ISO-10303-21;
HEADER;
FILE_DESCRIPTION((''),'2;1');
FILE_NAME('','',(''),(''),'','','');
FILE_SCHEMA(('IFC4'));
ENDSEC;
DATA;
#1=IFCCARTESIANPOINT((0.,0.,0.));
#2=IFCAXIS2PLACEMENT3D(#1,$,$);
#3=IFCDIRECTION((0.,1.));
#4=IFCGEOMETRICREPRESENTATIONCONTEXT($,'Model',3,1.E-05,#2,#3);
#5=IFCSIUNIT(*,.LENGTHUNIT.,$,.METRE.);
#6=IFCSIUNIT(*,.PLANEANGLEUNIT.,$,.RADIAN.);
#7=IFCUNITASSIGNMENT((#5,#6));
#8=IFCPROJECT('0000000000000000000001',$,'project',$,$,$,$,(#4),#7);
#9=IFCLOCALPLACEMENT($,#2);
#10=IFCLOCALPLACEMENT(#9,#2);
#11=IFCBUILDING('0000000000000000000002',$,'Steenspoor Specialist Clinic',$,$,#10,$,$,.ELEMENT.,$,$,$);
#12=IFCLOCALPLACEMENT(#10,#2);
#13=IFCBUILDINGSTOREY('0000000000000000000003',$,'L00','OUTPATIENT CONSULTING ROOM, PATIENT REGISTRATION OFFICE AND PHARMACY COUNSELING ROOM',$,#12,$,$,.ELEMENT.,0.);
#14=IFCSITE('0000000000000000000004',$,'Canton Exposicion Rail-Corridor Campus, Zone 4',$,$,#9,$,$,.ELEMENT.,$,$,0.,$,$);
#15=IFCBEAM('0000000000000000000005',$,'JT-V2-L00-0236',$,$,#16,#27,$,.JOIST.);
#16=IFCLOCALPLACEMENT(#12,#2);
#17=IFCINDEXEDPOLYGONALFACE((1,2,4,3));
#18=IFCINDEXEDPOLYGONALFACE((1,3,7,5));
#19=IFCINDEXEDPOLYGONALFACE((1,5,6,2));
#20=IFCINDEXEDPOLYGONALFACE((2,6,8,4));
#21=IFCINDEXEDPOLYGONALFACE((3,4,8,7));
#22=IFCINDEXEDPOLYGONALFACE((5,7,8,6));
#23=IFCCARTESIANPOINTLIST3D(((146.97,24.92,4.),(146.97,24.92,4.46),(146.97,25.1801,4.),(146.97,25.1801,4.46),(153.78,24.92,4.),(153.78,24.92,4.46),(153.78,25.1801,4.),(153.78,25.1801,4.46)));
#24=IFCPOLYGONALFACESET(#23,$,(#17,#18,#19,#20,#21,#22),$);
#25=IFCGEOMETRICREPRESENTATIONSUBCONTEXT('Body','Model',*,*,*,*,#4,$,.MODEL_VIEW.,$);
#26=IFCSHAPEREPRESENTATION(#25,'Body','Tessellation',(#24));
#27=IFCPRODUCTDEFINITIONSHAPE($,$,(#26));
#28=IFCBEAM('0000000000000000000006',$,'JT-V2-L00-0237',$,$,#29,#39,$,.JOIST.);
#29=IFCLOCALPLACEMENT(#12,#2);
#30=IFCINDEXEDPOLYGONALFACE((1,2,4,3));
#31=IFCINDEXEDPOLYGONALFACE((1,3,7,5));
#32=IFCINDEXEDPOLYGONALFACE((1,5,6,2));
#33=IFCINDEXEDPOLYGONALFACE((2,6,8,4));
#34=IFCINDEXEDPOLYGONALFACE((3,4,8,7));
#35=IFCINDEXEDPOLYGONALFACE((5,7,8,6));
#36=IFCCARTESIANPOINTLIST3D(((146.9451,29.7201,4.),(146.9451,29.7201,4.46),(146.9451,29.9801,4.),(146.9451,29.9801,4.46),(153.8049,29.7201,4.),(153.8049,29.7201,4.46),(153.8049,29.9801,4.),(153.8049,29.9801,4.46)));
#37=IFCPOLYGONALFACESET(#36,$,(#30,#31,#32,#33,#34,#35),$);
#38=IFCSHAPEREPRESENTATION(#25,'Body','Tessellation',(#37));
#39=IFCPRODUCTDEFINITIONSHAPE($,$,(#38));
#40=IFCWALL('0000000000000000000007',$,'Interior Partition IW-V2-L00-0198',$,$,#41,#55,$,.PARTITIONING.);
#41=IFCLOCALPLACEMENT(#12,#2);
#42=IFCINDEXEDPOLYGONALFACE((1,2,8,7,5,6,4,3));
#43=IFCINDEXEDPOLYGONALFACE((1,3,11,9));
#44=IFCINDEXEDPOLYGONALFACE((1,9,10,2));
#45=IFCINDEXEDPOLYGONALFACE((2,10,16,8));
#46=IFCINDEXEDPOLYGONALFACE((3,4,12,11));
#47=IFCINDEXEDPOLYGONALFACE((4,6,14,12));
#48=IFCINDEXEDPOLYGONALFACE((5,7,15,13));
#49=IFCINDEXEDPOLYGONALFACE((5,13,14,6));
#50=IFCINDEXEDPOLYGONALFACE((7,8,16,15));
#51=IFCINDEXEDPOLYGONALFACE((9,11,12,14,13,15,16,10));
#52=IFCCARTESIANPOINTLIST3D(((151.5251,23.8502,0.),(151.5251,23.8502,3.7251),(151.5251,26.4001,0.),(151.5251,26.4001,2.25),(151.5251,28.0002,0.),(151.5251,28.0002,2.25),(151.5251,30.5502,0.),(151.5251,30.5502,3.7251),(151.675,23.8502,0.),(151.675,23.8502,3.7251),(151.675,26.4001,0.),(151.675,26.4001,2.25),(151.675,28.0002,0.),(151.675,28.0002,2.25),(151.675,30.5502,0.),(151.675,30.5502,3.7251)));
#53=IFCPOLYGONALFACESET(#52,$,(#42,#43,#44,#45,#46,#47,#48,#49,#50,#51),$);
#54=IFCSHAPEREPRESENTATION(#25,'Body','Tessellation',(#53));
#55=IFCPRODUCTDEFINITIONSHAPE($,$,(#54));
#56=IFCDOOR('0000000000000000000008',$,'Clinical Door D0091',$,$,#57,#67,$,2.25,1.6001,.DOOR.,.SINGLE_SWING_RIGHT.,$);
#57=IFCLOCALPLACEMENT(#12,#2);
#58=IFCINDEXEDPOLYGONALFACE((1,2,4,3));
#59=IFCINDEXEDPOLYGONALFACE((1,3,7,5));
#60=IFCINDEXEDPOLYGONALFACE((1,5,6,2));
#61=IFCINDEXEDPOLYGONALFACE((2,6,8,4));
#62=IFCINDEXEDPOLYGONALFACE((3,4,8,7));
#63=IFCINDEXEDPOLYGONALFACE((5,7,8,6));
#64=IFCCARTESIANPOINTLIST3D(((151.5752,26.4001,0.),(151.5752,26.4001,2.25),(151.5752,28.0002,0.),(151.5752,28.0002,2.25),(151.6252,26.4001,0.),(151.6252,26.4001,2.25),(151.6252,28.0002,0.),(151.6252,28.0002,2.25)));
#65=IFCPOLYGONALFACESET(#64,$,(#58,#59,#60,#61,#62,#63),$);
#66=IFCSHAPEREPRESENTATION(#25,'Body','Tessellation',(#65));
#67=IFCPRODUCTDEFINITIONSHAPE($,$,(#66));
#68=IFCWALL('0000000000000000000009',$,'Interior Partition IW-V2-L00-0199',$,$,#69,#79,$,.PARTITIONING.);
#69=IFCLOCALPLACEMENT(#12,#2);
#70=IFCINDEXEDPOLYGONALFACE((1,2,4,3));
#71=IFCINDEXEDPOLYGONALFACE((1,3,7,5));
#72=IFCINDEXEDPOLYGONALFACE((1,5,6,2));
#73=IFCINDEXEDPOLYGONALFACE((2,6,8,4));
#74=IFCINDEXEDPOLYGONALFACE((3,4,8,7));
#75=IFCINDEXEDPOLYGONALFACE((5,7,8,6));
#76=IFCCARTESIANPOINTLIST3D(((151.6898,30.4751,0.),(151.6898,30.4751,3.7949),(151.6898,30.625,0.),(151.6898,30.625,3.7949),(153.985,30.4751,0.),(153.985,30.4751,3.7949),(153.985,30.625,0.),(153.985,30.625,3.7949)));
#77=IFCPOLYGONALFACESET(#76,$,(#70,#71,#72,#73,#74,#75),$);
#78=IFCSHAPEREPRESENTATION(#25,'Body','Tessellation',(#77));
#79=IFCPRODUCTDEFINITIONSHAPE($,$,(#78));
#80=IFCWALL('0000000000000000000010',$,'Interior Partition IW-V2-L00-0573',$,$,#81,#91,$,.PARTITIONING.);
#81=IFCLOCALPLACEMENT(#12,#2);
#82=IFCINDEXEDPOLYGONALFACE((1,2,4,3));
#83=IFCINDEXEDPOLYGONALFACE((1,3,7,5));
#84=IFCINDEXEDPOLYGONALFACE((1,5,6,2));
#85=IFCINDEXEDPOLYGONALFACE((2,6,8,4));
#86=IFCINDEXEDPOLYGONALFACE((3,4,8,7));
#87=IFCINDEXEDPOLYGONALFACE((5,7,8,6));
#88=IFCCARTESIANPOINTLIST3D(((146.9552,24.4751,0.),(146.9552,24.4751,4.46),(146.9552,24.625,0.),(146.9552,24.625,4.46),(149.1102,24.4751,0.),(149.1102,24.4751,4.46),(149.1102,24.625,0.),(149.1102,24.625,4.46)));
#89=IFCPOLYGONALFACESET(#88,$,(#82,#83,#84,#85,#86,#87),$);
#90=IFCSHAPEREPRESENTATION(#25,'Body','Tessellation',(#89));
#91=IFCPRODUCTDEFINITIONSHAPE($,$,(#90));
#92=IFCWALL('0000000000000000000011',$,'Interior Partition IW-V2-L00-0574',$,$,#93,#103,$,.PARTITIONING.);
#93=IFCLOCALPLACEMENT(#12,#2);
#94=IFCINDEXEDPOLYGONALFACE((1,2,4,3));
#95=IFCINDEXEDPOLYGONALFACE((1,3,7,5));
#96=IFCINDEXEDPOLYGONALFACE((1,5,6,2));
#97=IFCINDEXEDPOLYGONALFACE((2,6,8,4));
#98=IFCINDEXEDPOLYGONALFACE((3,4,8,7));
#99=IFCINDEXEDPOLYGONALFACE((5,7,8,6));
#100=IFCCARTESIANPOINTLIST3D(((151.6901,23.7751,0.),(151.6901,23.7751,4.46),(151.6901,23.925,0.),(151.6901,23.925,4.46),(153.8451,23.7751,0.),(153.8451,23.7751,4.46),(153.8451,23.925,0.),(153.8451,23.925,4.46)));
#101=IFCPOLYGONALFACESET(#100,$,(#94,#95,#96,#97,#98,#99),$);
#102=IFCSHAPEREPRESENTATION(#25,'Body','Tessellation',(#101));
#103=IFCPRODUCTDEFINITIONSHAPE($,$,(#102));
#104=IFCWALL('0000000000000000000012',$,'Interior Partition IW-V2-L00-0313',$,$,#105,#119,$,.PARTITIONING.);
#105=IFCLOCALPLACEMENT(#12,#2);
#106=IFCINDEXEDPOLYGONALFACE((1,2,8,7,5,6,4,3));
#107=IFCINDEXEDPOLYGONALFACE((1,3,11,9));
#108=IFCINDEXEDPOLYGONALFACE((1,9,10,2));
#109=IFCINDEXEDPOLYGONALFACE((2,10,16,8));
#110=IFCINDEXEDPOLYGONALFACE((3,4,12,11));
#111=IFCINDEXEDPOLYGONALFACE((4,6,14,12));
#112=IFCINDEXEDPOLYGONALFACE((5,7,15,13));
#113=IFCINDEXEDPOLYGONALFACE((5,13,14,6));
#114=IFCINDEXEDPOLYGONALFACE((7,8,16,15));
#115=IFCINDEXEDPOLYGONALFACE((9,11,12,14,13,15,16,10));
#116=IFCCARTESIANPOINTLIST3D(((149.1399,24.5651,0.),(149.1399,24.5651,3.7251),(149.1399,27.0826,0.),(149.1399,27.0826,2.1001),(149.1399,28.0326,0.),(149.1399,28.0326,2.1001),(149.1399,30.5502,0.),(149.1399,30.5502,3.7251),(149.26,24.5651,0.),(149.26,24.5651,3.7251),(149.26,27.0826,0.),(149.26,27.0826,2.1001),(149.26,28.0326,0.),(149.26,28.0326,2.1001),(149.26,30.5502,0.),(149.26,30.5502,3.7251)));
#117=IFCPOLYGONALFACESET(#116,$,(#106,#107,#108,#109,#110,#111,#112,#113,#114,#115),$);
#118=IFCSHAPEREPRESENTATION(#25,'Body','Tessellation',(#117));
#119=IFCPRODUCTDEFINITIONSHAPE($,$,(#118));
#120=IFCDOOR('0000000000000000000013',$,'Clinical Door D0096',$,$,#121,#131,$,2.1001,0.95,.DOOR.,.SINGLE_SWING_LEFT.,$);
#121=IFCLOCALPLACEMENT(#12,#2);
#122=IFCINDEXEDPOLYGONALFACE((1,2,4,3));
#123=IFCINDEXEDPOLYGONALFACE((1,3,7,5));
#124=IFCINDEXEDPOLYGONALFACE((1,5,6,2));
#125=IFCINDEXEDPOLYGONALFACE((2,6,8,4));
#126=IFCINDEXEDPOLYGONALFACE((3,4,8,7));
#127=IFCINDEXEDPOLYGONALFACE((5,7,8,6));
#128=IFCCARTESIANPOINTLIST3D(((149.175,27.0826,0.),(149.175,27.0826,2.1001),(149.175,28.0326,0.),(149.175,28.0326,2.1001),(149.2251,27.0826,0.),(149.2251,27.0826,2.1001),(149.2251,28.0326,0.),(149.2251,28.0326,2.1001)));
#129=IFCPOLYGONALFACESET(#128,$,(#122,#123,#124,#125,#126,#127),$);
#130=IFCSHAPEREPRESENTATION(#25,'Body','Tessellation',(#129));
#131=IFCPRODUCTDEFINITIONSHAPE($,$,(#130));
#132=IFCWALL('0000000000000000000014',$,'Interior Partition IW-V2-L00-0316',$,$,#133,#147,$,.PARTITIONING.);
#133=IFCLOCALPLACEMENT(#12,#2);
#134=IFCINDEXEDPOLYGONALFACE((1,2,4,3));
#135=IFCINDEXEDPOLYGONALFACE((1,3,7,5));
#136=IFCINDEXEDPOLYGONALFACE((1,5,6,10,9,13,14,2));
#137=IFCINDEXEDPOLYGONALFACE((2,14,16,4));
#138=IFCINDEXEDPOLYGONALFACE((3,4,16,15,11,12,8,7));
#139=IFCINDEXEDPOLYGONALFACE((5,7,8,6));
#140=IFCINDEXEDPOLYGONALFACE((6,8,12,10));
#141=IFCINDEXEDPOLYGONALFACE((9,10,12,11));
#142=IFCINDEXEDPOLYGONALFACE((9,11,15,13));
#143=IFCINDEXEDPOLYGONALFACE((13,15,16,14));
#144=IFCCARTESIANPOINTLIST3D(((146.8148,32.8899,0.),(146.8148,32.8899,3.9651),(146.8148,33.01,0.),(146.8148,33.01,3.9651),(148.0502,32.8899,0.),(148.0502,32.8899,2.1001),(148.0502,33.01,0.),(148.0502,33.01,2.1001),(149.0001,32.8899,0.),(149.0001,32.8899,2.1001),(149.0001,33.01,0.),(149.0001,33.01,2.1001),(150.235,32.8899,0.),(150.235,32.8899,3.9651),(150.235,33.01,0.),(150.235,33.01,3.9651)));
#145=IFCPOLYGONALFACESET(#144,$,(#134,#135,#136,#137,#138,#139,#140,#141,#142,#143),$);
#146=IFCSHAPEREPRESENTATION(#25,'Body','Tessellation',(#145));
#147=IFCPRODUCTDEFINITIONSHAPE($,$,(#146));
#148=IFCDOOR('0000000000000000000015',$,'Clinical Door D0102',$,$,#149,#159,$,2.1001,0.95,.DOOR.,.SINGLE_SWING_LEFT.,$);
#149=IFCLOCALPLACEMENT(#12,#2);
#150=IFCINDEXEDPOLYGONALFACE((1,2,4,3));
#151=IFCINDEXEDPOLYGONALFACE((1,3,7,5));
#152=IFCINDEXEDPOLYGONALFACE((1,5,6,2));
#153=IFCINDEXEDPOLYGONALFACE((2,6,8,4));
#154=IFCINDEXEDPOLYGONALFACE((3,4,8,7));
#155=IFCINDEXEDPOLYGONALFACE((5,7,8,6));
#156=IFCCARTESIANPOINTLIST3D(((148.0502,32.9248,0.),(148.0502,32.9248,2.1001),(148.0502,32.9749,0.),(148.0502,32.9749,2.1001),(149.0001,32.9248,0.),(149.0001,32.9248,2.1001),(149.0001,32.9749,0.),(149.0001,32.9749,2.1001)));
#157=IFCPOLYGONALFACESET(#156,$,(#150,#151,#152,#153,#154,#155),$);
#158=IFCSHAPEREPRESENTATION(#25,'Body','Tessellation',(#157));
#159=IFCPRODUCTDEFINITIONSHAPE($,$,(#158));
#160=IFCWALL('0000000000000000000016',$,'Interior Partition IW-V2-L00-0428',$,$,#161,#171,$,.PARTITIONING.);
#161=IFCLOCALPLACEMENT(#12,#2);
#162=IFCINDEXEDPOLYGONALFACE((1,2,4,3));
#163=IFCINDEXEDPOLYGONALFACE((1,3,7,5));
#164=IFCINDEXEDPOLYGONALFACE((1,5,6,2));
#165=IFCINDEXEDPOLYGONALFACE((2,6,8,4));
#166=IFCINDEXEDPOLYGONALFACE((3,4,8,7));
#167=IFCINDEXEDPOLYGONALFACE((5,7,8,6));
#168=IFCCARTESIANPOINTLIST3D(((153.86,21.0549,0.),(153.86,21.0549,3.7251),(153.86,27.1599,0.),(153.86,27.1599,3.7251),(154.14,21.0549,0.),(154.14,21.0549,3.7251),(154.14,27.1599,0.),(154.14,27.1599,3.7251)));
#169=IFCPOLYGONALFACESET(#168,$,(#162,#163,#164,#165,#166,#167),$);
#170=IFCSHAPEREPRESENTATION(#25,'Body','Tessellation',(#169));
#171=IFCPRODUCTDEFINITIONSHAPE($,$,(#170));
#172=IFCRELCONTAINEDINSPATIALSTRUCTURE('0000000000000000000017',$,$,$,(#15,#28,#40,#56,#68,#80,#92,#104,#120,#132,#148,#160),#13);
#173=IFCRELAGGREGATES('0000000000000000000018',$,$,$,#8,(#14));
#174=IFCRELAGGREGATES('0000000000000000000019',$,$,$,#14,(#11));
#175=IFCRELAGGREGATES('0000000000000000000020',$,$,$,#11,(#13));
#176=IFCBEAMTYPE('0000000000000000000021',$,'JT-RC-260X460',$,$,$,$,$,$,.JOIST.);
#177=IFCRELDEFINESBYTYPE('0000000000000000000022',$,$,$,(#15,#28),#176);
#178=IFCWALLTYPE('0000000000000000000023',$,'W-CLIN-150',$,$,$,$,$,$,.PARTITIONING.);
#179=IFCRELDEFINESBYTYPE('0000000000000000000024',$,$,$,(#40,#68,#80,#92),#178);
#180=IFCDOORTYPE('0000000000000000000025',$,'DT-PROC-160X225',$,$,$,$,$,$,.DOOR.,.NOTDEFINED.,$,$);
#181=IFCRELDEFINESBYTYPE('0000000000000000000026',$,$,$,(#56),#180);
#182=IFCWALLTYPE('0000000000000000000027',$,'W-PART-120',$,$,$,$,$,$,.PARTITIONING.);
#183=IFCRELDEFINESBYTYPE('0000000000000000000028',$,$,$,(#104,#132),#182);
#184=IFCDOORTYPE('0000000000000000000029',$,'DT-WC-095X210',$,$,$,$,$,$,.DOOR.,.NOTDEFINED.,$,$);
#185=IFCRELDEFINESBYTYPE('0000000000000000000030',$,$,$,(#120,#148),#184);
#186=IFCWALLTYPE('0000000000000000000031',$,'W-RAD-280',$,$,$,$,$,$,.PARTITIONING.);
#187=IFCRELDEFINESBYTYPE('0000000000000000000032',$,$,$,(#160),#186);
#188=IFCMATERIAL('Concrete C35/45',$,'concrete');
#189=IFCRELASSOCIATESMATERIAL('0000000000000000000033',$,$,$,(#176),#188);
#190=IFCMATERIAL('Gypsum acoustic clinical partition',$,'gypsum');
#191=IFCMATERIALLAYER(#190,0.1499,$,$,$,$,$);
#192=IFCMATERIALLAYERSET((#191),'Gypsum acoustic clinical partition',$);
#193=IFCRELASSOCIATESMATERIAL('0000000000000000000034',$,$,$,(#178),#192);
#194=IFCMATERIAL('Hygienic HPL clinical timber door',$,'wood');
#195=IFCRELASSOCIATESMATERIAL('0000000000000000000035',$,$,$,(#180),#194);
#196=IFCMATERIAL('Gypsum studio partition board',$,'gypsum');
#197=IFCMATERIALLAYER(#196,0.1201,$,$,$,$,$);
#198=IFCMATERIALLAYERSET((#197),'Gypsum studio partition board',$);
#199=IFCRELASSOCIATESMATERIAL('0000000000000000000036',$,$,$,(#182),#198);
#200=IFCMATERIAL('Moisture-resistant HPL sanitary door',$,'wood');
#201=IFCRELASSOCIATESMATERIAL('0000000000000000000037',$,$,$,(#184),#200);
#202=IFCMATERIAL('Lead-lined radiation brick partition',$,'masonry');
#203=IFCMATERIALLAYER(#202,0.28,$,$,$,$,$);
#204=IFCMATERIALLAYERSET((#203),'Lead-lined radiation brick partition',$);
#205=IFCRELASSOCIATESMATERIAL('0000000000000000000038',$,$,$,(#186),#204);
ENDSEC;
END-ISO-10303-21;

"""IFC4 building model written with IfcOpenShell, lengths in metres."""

from ifc_helpers import new_model, si_unit, direction, frame, frame_2d, origin, origin_2d, place, context, subcontext, project, spatial, rectangle, extrude, material, layer, layer_set, material_profile, profile_set, type_object, element, fill, save


model = new_model("IFC4")

# Units and contexts
model_context = context("Model", 3, precision=1e-05, world=origin(), true_north=direction((0.0, 1.0)))
body_context = subcontext(model_context, "Body", "Model", "MODEL_VIEW")
ifc_project = project(units=[si_unit("LENGTHUNIT", "METRE"), si_unit("PLANEANGLEUNIT", "RADIAN")], contexts=[model_context])

# Site, building, storey
site_placement = place(None, origin())
site = spatial("IfcSite", under=ifc_project, at=site_placement, Name="Canton Exposicion Rail-Corridor Campus, Zone 4", CompositionType="ELEMENT", RefElevation=0.0)
building_placement = place(site_placement, origin())
building = spatial("IfcBuilding", under=site, at=building_placement, Name="Steenspoor Specialist Clinic", CompositionType="ELEMENT")
storey_placement = place(building_placement, origin())
storey = spatial("IfcBuildingStorey", under=building, at=storey_placement, Name="L00", Description="OUTPATIENT CONSULTING ROOM, PATIENT REGISTRATION OFFICE AND PHARMACY COUNSELING ROOM", CompositionType="ELEMENT", Elevation=0.0)

# Shared definitions
ifc_material_1 = material(Name="Concrete C35/45", Category="concrete")

# Beams
ifc_material_profile_1 = material_profile(ifc_material_1, rectangle(XDim=0.26, YDim=0.46, at=origin_2d()), Name="RC-JT-260X460")
ifc_profile_set_1 = profile_set([ifc_material_profile_1], Name="Concrete C35/45")
beam_type_1 = type_object("IfcBeamType", Name="JT-RC-260X460", PredefinedType="JOIST", material=ifc_profile_set_1)
beam_1_placement = place(storey_placement, frame((146.97, 25.05, 4.23), z_axis=(1.0, 0.0, 0.0), x_axis=(0.0, 1.0, 0.0)))
element("IfcBeam", 1, at=beam_1_placement, inside=storey, type_object=beam_type_1, Name="JT-V2-L00-0236", PredefinedType="JOIST", context=body_context, shape_type="SweptSolid", body=[
    extrude(rectangle(XDim=0.26, YDim=0.46, at=origin_2d()), origin(), (0.0, 0.0, 1.0), 6.8101),
])
beam_2_placement = place(storey_placement, frame((146.9451, 29.8501, 4.23), z_axis=(1.0, 0.0, 0.0), x_axis=(0.0, 1.0, 0.0)))
element("IfcBeam", 2, at=beam_2_placement, inside=storey, type_object=beam_type_1, Name="JT-V2-L00-0237", PredefinedType="JOIST", context=body_context, shape_type="SweptSolid", body=[
    extrude(rectangle(XDim=0.26, YDim=0.46, at=origin_2d()), origin(), (0.0, 0.0, 1.0), 6.8599),
])

# Wall, opening, door
ifc_material_2 = material(Name="Gypsum acoustic clinical partition", Category="gypsum")
ifc_layer_1 = layer(ifc_material_2, 0.1499)
ifc_layer_set_1 = layer_set([ifc_layer_1], Name="Gypsum acoustic clinical partition")
wall_type_1 = type_object("IfcWallType", Name="W-CLIN-150", PredefinedType="PARTITIONING", material=ifc_layer_set_1)
wall_1_placement = place(storey_placement, frame((151.6001, 23.8501, 0.0), z_axis=(0.0, 0.0, 1.0), x_axis=(0.0, 1.0, 0.0)))
wall_1 = element("IfcWall", 3, at=wall_1_placement, inside=storey, type_object=wall_type_1, Name="Interior Partition IW-V2-L00-0198", PredefinedType="PARTITIONING", context=body_context, shape_type="SweptSolid", body=[
    extrude(rectangle(XDim=6.7, YDim=0.1499, at=frame_2d((3.3501, 0.0))), origin(), (0.0, 0.0, 1.0), 3.7251),
])
opening_1_placement = place(wall_1_placement, frame((2.55, 0.0, 0.0)))
opening_1 = element("IfcOpeningElement", 4, at=opening_1_placement, cuts=wall_1, PredefinedType="OPENING", context=body_context, shape_type="SweptSolid", body=[
    extrude(rectangle(XDim=1.6001, YDim=2.25, at=frame_2d((0.8, 1.125))), frame((0.0, 0.085, 0.0), z_axis=(0.0, -1.0, 0.0), x_axis=(1.0, 0.0, 0.0)), (0.0, 0.0, 1.0), 0.1699),
])
ifc_material_3 = material(Name="Hygienic HPL clinical timber door", Category="wood")
door_type_1 = type_object("IfcDoorType", Name="DT-PROC-160X225", OperationType="NOTDEFINED", PredefinedType="DOOR", material=ifc_material_3)
door_1_placement = place(opening_1_placement, origin())
door_1 = element("IfcDoor", 5, at=door_1_placement, inside=storey, type_object=door_type_1, Name="Clinical Door D0091", OperationType="SINGLE_SWING_RIGHT", OverallHeight=2.25, OverallWidth=1.6001, PredefinedType="DOOR", context=body_context, shape_type="SweptSolid", body=[
    extrude(rectangle(XDim=1.6001, YDim=2.25, at=frame_2d((0.8, 1.125))), frame((0.0, 0.0249, 0.0), z_axis=(0.0, -1.0, 0.0), x_axis=(1.0, 0.0, 0.0)), (0.0, 0.0, 1.0), 0.05),
])
fill(opening_1, door_1)

# Walls
wall_2_placement = place(storey_placement, frame((151.6899, 30.55, 0.0), z_axis=(0.0, 0.0, 1.0), x_axis=(1.0, 0.0, 0.0)))
element("IfcWall", 6, at=wall_2_placement, inside=storey, type_object=wall_type_1, Name="Interior Partition IW-V2-L00-0199", PredefinedType="PARTITIONING", context=body_context, shape_type="SweptSolid", body=[
    extrude(rectangle(XDim=2.2952, YDim=0.1499, at=frame_2d((1.1475, 0.0))), origin(), (0.0, 0.0, 1.0), 3.7949),
])
for number, where, z_axis, x_axis, name in (
    (7, (146.9551, 24.55, 0.0), (0.0, 0.0, 1.0), (1.0, 0.0, 0.0), "Interior Partition IW-V2-L00-0573"),
    (8, (151.6899, 23.8501, 0.0), (0.0, 0.0, 1.0), (1.0, 0.0, 0.0), "Interior Partition IW-V2-L00-0574"),
):
    element("IfcWall", number, at=place(storey_placement, frame(where, z_axis=z_axis, x_axis=x_axis)), inside=storey, type_object=wall_type_1, Name=name, PredefinedType="PARTITIONING", context=body_context, shape_type="SweptSolid", body=[
        extrude(rectangle(XDim=2.155, YDim=0.1499, at=frame_2d((1.0776, 0.0))), origin(), (0.0, 0.0, 1.0), 4.46),
    ])

# Walls, openings, doors
ifc_material_4 = material(Name="Gypsum studio partition board", Category="gypsum")
ifc_layer_2 = layer(ifc_material_4, 0.1201)
ifc_layer_set_2 = layer_set([ifc_layer_2], Name="Gypsum studio partition board")
wall_type_2 = type_object("IfcWallType", Name="W-PART-120", PredefinedType="PARTITIONING", material=ifc_layer_set_2)
wall_3_placement = place(storey_placement, frame((149.2, 24.5649, 0.0), z_axis=(0.0, 0.0, 1.0), x_axis=(0.0, 1.0, 0.0)))
wall_3 = element("IfcWall", 9, at=wall_3_placement, inside=storey, type_object=wall_type_2, Name="Interior Partition IW-V2-L00-0313", PredefinedType="PARTITIONING", context=body_context, shape_type="SweptSolid", body=[
    extrude(rectangle(XDim=5.9851, YDim=0.1201, at=frame_2d((2.9927, 0.0))), origin(), (0.0, 0.0, 1.0), 3.7251),
])
opening_2_placement = place(wall_3_placement, frame((2.5176, 0.0, 0.0)))
opening_2 = element("IfcOpeningElement", 10, at=opening_2_placement, cuts=wall_3, PredefinedType="OPENING", context=body_context, shape_type="SweptSolid", body=[
    extrude(rectangle(XDim=0.95, YDim=2.1001, at=frame_2d((0.4751, 1.05))), frame((0.0, 0.0701, 0.0), z_axis=(0.0, -1.0, 0.0), x_axis=(1.0, 0.0, 0.0)), (0.0, 0.0, 1.0), 0.1401),
])
ifc_material_5 = material(Name="Moisture-resistant HPL sanitary door", Category="wood")
door_type_2 = type_object("IfcDoorType", Name="DT-WC-095X210", OperationType="NOTDEFINED", PredefinedType="DOOR", material=ifc_material_5)
door_2_placement = place(opening_2_placement, origin())
door_2 = element("IfcDoor", 11, at=door_2_placement, inside=storey, type_object=door_type_2, Name="Clinical Door D0096", OperationType="SINGLE_SWING_LEFT", OverallHeight=2.1001, OverallWidth=0.95, PredefinedType="DOOR", context=body_context, shape_type="SweptSolid", body=[
    extrude(rectangle(XDim=0.95, YDim=2.1001, at=frame_2d((0.4751, 1.05))), frame((0.0, 0.0249, 0.0), z_axis=(0.0, -1.0, 0.0), x_axis=(1.0, 0.0, 0.0)), (0.0, 0.0, 1.0), 0.05),
])
fill(opening_2, door_2)
wall_4_placement = place(storey_placement, frame((146.8149, 32.95, 0.0), z_axis=(0.0, 0.0, 1.0), x_axis=(1.0, 0.0, 0.0)))
wall_4 = element("IfcWall", 12, at=wall_4_placement, inside=storey, type_object=wall_type_2, Name="Interior Partition IW-V2-L00-0316", PredefinedType="PARTITIONING", context=body_context, shape_type="SweptSolid", body=[
    extrude(rectangle(XDim=3.4202, YDim=0.1201, at=frame_2d((1.71, 0.0))), origin(), (0.0, 0.0, 1.0), 3.9651),
])
opening_3_placement = place(wall_4_placement, frame((1.2351, 0.0, 0.0)))
opening_3 = element("IfcOpeningElement", 13, at=opening_3_placement, cuts=wall_4, PredefinedType="OPENING", context=body_context, shape_type="SweptSolid", body=[
    extrude(rectangle(XDim=0.95, YDim=2.1001, at=frame_2d((0.4751, 1.05))), frame((0.0, 0.0701, 0.0), z_axis=(0.0, -1.0, 0.0), x_axis=(1.0, 0.0, 0.0)), (0.0, 0.0, 1.0), 0.1401),
])
door_3_placement = place(opening_3_placement, origin())
door_3 = element("IfcDoor", 14, at=door_3_placement, inside=storey, type_object=door_type_2, Name="Clinical Door D0102", OperationType="SINGLE_SWING_LEFT", OverallHeight=2.1001, OverallWidth=0.95, PredefinedType="DOOR", context=body_context, shape_type="SweptSolid", body=[
    extrude(rectangle(XDim=0.95, YDim=2.1001, at=frame_2d((0.4751, 1.05))), frame((0.0, 0.0249, 0.0), z_axis=(0.0, -1.0, 0.0), x_axis=(1.0, 0.0, 0.0)), (0.0, 0.0, 1.0), 0.05),
])
fill(opening_3, door_3)

# Wall
ifc_material_6 = material(Name="Lead-lined radiation brick partition", Category="masonry")
ifc_layer_3 = layer(ifc_material_6, 0.28)
ifc_layer_set_3 = layer_set([ifc_layer_3], Name="Lead-lined radiation brick partition")
wall_type_3 = type_object("IfcWallType", Name="W-RAD-280", PredefinedType="PARTITIONING", material=ifc_layer_set_3)
wall_5_placement = place(storey_placement, frame((154.0, 21.0549, 0.0), z_axis=(0.0, 0.0, 1.0), x_axis=(0.0, 1.0, 0.0)))
element("IfcWall", 15, at=wall_5_placement, inside=storey, type_object=wall_type_3, Name="Interior Partition IW-V2-L00-0428", PredefinedType="PARTITIONING", context=body_context, shape_type="SweptSolid", body=[
    extrude(rectangle(XDim=6.105, YDim=0.28, at=frame_2d((3.0525, 0.0))), origin(), (0.0, 0.0, 1.0), 3.7251),
])

save(model, "model.ifc")
